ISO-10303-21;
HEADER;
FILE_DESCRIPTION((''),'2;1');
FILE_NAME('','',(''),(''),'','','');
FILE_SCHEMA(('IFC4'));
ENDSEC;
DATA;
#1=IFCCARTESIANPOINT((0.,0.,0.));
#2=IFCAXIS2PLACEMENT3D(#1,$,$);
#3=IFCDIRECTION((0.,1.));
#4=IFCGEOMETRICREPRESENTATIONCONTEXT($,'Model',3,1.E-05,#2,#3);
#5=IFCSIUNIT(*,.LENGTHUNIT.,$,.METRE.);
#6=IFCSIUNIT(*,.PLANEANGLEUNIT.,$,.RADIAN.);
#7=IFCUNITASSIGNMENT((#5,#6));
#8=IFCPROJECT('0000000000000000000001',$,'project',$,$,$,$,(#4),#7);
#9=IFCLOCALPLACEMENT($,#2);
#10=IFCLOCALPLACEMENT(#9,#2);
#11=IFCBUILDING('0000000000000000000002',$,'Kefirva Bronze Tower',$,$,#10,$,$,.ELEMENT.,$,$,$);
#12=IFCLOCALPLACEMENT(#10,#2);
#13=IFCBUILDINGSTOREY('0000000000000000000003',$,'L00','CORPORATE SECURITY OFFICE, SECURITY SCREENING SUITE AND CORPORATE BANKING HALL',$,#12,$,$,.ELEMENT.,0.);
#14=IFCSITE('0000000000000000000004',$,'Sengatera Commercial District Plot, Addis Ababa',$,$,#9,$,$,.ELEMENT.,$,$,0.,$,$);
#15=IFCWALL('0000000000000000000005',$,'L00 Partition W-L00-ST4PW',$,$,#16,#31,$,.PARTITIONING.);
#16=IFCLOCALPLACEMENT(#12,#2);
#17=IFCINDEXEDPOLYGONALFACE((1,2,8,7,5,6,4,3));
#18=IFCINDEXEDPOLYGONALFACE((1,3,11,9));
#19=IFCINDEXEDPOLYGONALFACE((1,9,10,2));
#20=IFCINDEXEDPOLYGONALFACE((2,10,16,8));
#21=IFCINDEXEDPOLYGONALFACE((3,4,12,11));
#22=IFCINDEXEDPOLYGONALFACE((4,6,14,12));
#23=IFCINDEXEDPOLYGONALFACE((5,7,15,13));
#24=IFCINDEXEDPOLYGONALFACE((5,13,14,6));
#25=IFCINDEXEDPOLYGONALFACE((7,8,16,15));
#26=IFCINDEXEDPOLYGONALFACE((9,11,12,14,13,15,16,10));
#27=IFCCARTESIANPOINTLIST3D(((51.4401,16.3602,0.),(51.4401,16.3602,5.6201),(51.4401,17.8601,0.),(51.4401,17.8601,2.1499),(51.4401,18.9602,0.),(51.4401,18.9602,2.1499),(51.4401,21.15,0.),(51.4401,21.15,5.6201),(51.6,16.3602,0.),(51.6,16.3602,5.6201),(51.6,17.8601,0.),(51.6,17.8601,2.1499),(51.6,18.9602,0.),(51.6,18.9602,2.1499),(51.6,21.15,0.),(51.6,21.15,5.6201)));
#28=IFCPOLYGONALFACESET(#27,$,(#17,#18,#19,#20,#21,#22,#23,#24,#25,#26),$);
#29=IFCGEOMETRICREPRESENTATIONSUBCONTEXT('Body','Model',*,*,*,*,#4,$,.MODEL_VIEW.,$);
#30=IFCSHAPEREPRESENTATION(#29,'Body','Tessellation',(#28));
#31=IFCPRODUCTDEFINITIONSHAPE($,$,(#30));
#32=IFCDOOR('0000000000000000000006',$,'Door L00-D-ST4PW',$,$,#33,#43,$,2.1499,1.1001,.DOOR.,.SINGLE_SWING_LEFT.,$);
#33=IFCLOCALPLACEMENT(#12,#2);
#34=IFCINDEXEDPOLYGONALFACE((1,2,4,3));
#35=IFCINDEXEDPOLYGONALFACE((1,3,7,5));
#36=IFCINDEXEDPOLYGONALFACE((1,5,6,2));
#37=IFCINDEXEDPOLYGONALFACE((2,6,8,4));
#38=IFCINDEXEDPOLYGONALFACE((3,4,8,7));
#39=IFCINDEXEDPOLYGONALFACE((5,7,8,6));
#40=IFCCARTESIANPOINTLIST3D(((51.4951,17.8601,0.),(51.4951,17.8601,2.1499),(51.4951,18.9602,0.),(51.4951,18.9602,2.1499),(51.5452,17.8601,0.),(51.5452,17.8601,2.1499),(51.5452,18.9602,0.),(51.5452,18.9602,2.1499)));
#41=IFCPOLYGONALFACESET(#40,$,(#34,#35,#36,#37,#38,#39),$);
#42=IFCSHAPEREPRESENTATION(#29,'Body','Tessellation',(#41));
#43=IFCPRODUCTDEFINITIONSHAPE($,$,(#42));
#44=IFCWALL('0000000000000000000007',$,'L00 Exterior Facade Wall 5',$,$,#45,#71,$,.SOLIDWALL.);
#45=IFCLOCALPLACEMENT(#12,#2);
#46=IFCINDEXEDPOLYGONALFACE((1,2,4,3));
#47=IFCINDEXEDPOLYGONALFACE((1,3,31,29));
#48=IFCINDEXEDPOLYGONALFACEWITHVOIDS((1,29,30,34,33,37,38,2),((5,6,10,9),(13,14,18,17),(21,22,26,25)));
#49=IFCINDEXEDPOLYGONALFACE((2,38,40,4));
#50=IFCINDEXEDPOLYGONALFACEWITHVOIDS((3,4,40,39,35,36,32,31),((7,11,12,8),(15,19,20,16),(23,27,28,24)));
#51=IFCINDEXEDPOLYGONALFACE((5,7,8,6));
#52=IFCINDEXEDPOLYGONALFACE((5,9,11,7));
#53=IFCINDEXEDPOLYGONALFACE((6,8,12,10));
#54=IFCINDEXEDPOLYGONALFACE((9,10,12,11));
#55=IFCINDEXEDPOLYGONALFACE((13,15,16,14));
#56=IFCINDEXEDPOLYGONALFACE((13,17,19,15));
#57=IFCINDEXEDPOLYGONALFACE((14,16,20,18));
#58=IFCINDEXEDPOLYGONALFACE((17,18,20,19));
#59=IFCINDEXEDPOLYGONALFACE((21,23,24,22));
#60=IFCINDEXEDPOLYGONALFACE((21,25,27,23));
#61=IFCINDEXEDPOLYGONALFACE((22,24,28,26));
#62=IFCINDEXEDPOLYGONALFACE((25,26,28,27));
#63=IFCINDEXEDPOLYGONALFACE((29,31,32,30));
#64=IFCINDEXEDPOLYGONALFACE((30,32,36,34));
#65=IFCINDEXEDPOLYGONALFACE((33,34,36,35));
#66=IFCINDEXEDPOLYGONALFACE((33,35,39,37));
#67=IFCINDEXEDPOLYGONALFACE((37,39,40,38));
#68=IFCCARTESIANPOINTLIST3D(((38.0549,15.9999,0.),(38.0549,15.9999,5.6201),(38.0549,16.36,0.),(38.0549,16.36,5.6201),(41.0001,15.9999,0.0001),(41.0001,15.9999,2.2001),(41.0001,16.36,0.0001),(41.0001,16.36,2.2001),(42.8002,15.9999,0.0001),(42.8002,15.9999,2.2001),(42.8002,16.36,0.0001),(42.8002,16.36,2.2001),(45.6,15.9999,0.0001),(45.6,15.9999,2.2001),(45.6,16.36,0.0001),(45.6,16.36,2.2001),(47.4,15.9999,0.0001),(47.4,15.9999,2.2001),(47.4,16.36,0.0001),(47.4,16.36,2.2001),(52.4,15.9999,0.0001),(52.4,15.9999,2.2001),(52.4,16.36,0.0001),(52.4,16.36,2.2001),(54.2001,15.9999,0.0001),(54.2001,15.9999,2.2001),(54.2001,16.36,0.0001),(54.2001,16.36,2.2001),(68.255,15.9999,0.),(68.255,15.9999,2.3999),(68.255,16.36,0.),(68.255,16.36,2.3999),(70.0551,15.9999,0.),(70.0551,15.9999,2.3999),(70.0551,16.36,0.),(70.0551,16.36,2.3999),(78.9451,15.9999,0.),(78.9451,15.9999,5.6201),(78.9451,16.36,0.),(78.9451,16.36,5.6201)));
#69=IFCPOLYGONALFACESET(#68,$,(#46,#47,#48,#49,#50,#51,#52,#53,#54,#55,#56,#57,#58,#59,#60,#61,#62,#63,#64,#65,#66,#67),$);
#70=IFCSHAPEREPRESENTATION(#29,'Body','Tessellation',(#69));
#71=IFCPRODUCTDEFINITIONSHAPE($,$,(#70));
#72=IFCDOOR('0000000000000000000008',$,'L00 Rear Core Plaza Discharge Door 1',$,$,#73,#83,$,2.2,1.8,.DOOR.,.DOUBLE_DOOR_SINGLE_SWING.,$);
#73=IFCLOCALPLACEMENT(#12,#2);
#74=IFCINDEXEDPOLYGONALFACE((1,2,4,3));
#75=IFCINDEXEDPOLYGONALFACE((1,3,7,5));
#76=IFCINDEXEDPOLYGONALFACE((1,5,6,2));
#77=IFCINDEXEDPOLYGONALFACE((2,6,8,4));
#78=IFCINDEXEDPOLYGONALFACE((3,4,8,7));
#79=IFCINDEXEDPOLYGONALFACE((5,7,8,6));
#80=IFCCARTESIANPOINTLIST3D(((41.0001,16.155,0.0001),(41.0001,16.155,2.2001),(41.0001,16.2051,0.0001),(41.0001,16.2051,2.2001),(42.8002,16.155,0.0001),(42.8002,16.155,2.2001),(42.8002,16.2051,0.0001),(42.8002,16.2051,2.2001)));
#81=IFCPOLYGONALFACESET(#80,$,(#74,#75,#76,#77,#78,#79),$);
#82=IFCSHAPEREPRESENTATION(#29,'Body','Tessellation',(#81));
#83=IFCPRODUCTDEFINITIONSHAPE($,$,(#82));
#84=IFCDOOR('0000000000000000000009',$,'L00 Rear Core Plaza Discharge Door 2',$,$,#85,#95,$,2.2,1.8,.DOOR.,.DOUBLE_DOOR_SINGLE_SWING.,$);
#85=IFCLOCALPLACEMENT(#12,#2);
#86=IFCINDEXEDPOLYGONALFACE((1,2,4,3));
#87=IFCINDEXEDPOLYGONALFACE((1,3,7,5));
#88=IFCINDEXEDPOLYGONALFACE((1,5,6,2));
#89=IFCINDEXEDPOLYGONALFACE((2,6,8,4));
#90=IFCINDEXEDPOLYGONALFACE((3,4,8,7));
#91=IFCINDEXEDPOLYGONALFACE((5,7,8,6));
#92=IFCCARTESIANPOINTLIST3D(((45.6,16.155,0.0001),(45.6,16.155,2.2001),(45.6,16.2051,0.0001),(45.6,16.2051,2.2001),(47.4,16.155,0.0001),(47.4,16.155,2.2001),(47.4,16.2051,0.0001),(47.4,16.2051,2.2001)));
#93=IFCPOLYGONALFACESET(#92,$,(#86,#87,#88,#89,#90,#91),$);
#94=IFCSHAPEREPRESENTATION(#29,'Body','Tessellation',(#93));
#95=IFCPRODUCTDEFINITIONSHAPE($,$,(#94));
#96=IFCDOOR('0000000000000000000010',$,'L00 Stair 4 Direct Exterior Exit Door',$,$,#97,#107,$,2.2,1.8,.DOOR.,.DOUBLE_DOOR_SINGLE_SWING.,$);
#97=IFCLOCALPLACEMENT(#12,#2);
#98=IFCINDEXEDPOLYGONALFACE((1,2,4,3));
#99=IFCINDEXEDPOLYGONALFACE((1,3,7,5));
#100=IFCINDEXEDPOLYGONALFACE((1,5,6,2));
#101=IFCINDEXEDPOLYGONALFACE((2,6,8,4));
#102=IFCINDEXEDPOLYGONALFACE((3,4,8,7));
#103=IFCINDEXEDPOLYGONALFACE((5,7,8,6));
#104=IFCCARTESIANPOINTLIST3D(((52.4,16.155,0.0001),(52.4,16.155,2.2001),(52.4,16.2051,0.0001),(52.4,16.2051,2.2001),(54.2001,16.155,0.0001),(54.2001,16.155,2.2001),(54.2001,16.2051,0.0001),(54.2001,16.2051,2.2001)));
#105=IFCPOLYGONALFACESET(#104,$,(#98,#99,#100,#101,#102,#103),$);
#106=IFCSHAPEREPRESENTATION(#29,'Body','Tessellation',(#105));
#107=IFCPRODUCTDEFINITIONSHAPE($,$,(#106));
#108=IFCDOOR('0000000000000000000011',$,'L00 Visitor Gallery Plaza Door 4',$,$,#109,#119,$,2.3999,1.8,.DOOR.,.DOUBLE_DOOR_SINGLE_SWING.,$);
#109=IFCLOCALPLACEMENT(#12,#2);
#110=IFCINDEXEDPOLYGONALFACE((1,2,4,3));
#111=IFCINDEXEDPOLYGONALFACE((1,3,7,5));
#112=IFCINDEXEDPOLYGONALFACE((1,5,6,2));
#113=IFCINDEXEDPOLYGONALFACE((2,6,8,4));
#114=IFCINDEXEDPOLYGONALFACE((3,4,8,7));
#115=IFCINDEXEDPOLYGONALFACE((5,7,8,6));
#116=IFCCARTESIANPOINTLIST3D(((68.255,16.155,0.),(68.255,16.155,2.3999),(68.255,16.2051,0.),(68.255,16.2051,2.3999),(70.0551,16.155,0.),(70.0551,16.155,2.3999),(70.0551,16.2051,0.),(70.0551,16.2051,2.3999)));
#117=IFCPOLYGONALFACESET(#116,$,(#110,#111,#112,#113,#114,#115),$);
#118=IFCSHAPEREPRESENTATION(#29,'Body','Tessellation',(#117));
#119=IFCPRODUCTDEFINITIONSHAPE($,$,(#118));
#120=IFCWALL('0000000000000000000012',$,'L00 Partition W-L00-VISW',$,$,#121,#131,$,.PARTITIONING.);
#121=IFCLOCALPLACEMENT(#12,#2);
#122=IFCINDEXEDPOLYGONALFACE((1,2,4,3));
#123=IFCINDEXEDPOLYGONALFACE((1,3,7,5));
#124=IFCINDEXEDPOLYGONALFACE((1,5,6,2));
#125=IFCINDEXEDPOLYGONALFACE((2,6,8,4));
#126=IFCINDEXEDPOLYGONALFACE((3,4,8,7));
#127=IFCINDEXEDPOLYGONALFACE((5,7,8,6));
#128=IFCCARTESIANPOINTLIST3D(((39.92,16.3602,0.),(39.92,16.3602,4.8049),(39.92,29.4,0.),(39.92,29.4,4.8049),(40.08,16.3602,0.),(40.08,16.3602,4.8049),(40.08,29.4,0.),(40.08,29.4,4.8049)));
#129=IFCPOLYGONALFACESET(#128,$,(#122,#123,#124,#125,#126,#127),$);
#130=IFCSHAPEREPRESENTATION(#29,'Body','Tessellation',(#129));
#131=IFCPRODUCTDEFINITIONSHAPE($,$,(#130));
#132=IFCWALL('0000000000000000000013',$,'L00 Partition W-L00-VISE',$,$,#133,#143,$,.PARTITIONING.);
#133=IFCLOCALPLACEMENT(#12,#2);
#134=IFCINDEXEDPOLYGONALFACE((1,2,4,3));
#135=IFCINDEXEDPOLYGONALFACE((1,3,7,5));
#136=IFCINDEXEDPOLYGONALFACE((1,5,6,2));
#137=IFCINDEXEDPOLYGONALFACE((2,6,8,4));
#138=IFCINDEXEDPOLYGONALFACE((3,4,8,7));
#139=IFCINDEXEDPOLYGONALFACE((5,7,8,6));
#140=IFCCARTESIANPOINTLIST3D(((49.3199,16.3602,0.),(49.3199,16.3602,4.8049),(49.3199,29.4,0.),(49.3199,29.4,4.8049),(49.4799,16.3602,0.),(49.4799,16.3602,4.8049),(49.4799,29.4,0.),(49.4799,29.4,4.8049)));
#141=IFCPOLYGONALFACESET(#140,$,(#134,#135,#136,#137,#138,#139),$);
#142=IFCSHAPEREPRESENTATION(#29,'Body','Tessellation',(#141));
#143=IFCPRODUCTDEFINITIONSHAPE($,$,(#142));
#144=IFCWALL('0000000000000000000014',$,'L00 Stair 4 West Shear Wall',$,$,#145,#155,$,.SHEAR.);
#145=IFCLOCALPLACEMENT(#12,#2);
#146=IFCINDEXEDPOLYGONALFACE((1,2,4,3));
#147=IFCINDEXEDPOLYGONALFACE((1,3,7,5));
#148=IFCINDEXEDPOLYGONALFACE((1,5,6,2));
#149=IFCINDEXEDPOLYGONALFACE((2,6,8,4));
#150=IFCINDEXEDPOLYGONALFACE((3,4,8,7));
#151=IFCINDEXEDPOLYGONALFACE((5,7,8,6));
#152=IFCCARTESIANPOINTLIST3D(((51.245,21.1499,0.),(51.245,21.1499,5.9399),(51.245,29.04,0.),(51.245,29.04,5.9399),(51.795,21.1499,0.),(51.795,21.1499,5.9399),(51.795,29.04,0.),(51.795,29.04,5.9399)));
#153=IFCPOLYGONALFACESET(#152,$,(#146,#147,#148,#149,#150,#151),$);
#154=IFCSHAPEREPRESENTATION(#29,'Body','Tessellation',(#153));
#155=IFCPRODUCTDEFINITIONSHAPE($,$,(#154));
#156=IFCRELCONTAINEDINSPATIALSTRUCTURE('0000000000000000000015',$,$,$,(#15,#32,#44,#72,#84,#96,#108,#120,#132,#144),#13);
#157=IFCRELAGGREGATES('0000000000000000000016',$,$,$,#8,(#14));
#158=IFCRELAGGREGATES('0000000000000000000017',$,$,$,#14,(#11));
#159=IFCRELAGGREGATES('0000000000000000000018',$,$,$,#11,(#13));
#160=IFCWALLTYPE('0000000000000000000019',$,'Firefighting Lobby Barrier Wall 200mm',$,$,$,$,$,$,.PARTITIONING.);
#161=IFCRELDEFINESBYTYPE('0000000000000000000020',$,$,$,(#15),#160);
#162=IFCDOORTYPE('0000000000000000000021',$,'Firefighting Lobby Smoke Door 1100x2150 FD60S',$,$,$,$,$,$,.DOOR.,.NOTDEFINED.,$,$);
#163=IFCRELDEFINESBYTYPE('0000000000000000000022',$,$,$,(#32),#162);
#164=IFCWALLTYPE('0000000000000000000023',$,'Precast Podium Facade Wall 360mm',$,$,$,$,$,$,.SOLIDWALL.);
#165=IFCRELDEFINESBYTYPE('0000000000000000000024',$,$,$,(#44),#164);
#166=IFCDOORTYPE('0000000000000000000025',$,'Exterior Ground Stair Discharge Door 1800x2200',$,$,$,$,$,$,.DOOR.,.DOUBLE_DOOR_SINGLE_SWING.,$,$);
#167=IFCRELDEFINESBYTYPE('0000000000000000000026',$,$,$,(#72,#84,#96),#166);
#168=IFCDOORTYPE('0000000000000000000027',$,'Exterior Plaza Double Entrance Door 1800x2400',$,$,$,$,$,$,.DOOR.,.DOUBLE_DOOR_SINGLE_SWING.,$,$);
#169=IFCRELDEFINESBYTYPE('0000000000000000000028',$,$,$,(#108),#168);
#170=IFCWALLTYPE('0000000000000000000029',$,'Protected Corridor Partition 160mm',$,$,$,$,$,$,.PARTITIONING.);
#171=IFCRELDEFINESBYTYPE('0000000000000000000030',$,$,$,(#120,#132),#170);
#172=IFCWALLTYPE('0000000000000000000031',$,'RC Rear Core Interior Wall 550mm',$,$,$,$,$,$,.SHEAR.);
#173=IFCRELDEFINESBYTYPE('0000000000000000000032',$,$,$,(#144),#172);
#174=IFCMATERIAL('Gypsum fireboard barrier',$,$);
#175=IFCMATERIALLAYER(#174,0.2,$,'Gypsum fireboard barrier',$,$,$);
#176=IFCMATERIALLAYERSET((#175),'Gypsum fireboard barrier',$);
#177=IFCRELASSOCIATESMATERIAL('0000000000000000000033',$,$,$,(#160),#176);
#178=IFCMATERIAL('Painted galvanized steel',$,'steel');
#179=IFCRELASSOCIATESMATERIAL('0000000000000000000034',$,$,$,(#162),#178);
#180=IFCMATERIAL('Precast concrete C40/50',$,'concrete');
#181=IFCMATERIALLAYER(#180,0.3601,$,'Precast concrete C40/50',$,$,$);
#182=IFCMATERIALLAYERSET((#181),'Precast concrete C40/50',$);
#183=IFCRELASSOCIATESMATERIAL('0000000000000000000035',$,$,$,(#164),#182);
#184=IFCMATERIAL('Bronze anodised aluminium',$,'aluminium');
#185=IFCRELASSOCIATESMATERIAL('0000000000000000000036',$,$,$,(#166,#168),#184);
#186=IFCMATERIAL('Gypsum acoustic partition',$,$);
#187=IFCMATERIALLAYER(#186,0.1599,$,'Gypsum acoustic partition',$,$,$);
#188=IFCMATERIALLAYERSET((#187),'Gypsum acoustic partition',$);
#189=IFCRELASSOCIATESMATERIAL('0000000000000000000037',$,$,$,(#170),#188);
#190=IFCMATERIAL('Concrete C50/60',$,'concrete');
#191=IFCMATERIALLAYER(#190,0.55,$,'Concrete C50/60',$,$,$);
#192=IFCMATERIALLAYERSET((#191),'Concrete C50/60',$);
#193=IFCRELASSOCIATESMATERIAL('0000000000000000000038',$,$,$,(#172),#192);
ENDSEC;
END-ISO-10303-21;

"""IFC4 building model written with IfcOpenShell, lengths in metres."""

from ifc_helpers import new_model, si_unit, direction, frame, frame_2d, origin, place, context, subcontext, project, spatial, rectangle, extrude, material, layer, layer_set, type_object, element, fill, save


model = new_model("IFC4")

# Units and contexts
model_context = context("Model", 3, precision=1e-05, world=origin(), true_north=direction((0.0, 1.0)))
body_context = subcontext(model_context, "Body", "Model", "MODEL_VIEW")
ifc_project = project(units=[si_unit("LENGTHUNIT", "METRE"), si_unit("PLANEANGLEUNIT", "RADIAN")], contexts=[model_context])

# Site, building, storey
site_placement = place(None, origin())
site = spatial("IfcSite", under=ifc_project, at=site_placement, Name="Sengatera Commercial District Plot, Addis Ababa", CompositionType="ELEMENT", RefElevation=0.0)
building_placement = place(site_placement, origin())
building = spatial("IfcBuilding", under=site, at=building_placement, Name="Kefirva Bronze Tower", CompositionType="ELEMENT")
storey_placement = place(building_placement, origin())
storey = spatial("IfcBuildingStorey", under=building, at=storey_placement, Name="L00", Description="CORPORATE SECURITY OFFICE, SECURITY SCREENING SUITE AND CORPORATE BANKING HALL", CompositionType="ELEMENT", Elevation=0.0)

# Shared definitions
ifc_material_1 = material(Name="Concrete C50/60", Category="concrete")

# Wall, opening, door
ifc_material_2 = material(Name="Painted galvanized steel", Category="steel")
ifc_material_3 = material(Name="Gypsum fireboard barrier")
ifc_layer_1 = layer(ifc_material_3, 0.2, Name="Gypsum fireboard barrier")
ifc_layer_set_1 = layer_set([ifc_layer_1], Name="Gypsum fireboard barrier")
wall_type_1 = type_object("IfcWallType", Name="Firefighting Lobby Barrier Wall 200mm", PredefinedType="PARTITIONING", material=ifc_layer_set_1)
wall_1_placement = place(storey_placement, frame((51.52, 16.3601, 0.0), z_axis=(0.0, 0.0, 1.0), x_axis=(0.0, 1.0, 0.0)))
wall_1 = element("IfcWall", 1, at=wall_1_placement, inside=storey, type_object=wall_type_1, Name="L00 Partition W-L00-ST4PW", PredefinedType="PARTITIONING", context=body_context, shape_type="SweptSolid", body=[
    extrude(rectangle(XDim=4.7898, YDim=0.1599, at=frame_2d((2.395, 0.0))), origin(), (0.0, 0.0, 1.0), 5.6201),
])
opening_1_placement = place(wall_1_placement, frame((1.5, 0.0, 0.0)))
opening_1 = element("IfcOpeningElement", 2, at=opening_1_placement, cuts=wall_1, PredefinedType="OPENING", context=body_context, shape_type="SweptSolid", body=[
    extrude(rectangle(XDim=1.1001, YDim=2.1499, at=frame_2d((0.55, 1.075))), frame((0.0, 0.0898, 0.0), z_axis=(0.0, -1.0, 0.0), x_axis=(1.0, 0.0, 0.0)), (0.0, 0.0, 1.0), 0.1799),
])
door_type_1 = type_object("IfcDoorType", Name="Firefighting Lobby Smoke Door 1100x2150 FD60S", OperationType="NOTDEFINED", PredefinedType="DOOR", material=ifc_material_2)
door_1_placement = place(opening_1_placement, origin())
door_1 = element("IfcDoor", 3, at=door_1_placement, inside=storey, type_object=door_type_1, Name="Door L00-D-ST4PW", OperationType="SINGLE_SWING_LEFT", OverallHeight=2.1499, OverallWidth=1.1001, PredefinedType="DOOR", context=body_context, shape_type="SweptSolid", body=[
    extrude(rectangle(XDim=1.1001, YDim=2.1499, at=frame_2d((0.55, 1.075))), frame((0.0, 0.0249, 0.0), z_axis=(0.0, -1.0, 0.0), x_axis=(1.0, 0.0, 0.0)), (0.0, 0.0, 1.0), 0.05),
])
fill(opening_1, door_1)

# Wall, openings, doors
ifc_material_4 = material(Name="Precast concrete C40/50", Category="concrete")
ifc_layer_2 = layer(ifc_material_4, 0.3601, Name="Precast concrete C40/50")
ifc_layer_set_2 = layer_set([ifc_layer_2], Name="Precast concrete C40/50")
wall_type_2 = type_object("IfcWallType", Name="Precast Podium Facade Wall 360mm", PredefinedType="SOLIDWALL", material=ifc_layer_set_2)
wall_2_placement = place(storey_placement, frame((38.0549, 16.1799, 0.0), z_axis=(0.0, 0.0, 1.0), x_axis=(1.0, 0.0, 0.0)))
wall_2 = element("IfcWall", 4, at=wall_2_placement, inside=storey, type_object=wall_type_2, Name="L00 Exterior Facade Wall 5", PredefinedType="SOLIDWALL", context=body_context, shape_type="SweptSolid", body=[
    extrude(rectangle(XDim=40.8901, YDim=0.3601, at=frame_2d((20.4451, 0.0))), origin(), (0.0, 0.0, 1.0), 5.6201),
])
opening_2_placement = place(wall_2_placement, frame((4.7451, 0.0, 0.0), z_axis=(0.0, 0.0, 1.0), x_axis=(-1.0, 0.0, 0.0)))
opening_2 = element("IfcOpeningElement", 5, at=opening_2_placement, cuts=wall_2, PredefinedType="OPENING", context=body_context, shape_type="SweptSolid", body=[
    extrude(rectangle(XDim=1.8, YDim=2.2, at=frame_2d((0.8999, 1.1001))), frame((0.0, 0.1899, 0.0), z_axis=(0.0, -1.0, 0.0), x_axis=(1.0, 0.0, 0.0)), (0.0, 0.0, 1.0), 0.3801),
])
opening_3_placement = place(wall_2_placement, frame((9.345, 0.0, 0.0), z_axis=(0.0, 0.0, 1.0), x_axis=(-1.0, 0.0, 0.0)))
opening_3 = element("IfcOpeningElement", 6, at=opening_3_placement, cuts=wall_2, PredefinedType="OPENING", context=body_context, shape_type="SweptSolid", body=[
    extrude(rectangle(XDim=1.8, YDim=2.2, at=frame_2d((0.8999, 1.1001))), frame((0.0, 0.1899, 0.0), z_axis=(0.0, -1.0, 0.0), x_axis=(1.0, 0.0, 0.0)), (0.0, 0.0, 1.0), 0.3801),
])
opening_4_placement = place(wall_2_placement, frame((16.145, 0.0, 0.0), z_axis=(0.0, 0.0, 1.0), x_axis=(-1.0, 0.0, 0.0)))
opening_4 = element("IfcOpeningElement", 7, at=opening_4_placement, cuts=wall_2, PredefinedType="OPENING", context=body_context, shape_type="SweptSolid", body=[
    extrude(rectangle(XDim=1.8, YDim=2.2, at=frame_2d((0.8999, 1.1001))), frame((0.0, 0.1899, 0.0), z_axis=(0.0, -1.0, 0.0), x_axis=(1.0, 0.0, 0.0)), (0.0, 0.0, 1.0), 0.3801),
])
opening_5_placement = place(wall_2_placement, frame((32.0, 0.0, 0.0), z_axis=(0.0, 0.0, 1.0), x_axis=(-1.0, 0.0, 0.0)))
opening_5 = element("IfcOpeningElement", 8, at=opening_5_placement, cuts=wall_2, PredefinedType="OPENING", context=body_context, shape_type="SweptSolid", body=[
    extrude(rectangle(XDim=1.8, YDim=2.3999, at=frame_2d((0.8999, 1.2))), frame((0.0, 0.1899, 0.0), z_axis=(0.0, -1.0, 0.0), x_axis=(1.0, 0.0, 0.0)), (0.0, 0.0, 1.0), 0.3801),
])
ifc_material_5 = material(Name="Bronze anodised aluminium", Category="aluminium")
door_type_2 = type_object("IfcDoorType", Name="Exterior Ground Stair Discharge Door 1800x2200", OperationType="DOUBLE_DOOR_SINGLE_SWING", PredefinedType="DOOR", material=ifc_material_5)
door_2_placement = place(opening_2_placement, origin())
door_2 = element("IfcDoor", 9, at=door_2_placement, inside=storey, type_object=door_type_2, Name="L00 Rear Core Plaza Discharge Door 1", OperationType="DOUBLE_DOOR_SINGLE_SWING", OverallHeight=2.2, OverallWidth=1.8, PredefinedType="DOOR", context=body_context, shape_type="SweptSolid", body=[
    extrude(rectangle(XDim=1.8, YDim=2.2, at=frame_2d((0.8999, 1.1001))), frame((0.0, 0.0249, 0.0), z_axis=(0.0, -1.0, 0.0), x_axis=(1.0, 0.0, 0.0)), (0.0, 0.0, 1.0), 0.05),
])
fill(opening_2, door_2)
door_3_placement = place(opening_3_placement, origin())
door_3 = element("IfcDoor", 10, at=door_3_placement, inside=storey, type_object=door_type_2, Name="L00 Rear Core Plaza Discharge Door 2", OperationType="DOUBLE_DOOR_SINGLE_SWING", OverallHeight=2.2, OverallWidth=1.8, PredefinedType="DOOR", context=body_context, shape_type="SweptSolid", body=[
    extrude(rectangle(XDim=1.8, YDim=2.2, at=frame_2d((0.8999, 1.1001))), frame((0.0, 0.0249, 0.0), z_axis=(0.0, -1.0, 0.0), x_axis=(1.0, 0.0, 0.0)), (0.0, 0.0, 1.0), 0.05),
])
fill(opening_3, door_3)
door_4_placement = place(opening_4_placement, origin())
door_4 = element("IfcDoor", 11, at=door_4_placement, inside=storey, type_object=door_type_2, Name="L00 Stair 4 Direct Exterior Exit Door", OperationType="DOUBLE_DOOR_SINGLE_SWING", OverallHeight=2.2, OverallWidth=1.8, PredefinedType="DOOR", context=body_context, shape_type="SweptSolid", body=[
    extrude(rectangle(XDim=1.8, YDim=2.2, at=frame_2d((0.8999, 1.1001))), frame((0.0, 0.0249, 0.0), z_axis=(0.0, -1.0, 0.0), x_axis=(1.0, 0.0, 0.0)), (0.0, 0.0, 1.0), 0.05),
])
fill(opening_4, door_4)
door_type_3 = type_object("IfcDoorType", Name="Exterior Plaza Double Entrance Door 1800x2400", OperationType="DOUBLE_DOOR_SINGLE_SWING", PredefinedType="DOOR", material=ifc_material_5)
door_5_placement = place(opening_5_placement, origin())
door_5 = element("IfcDoor", 12, at=door_5_placement, inside=storey, type_object=door_type_3, Name="L00 Visitor Gallery Plaza Door 4", OperationType="DOUBLE_DOOR_SINGLE_SWING", OverallHeight=2.3999, OverallWidth=1.8, PredefinedType="DOOR", context=body_context, shape_type="SweptSolid", body=[
    extrude(rectangle(XDim=1.8, YDim=2.3999, at=frame_2d((0.8999, 1.2))), frame((0.0, 0.0249, 0.0), z_axis=(0.0, -1.0, 0.0), x_axis=(1.0, 0.0, 0.0)), (0.0, 0.0, 1.0), 0.05),
])
fill(opening_5, door_5)

# Walls
ifc_material_6 = material(Name="Gypsum acoustic partition")
ifc_layer_3 = layer(ifc_material_6, 0.1599, Name="Gypsum acoustic partition")
ifc_layer_set_3 = layer_set([ifc_layer_3], Name="Gypsum acoustic partition")
wall_type_3 = type_object("IfcWallType", Name="Protected Corridor Partition 160mm", PredefinedType="PARTITIONING", material=ifc_layer_set_3)
for number, where, z_axis, x_axis, name in (
    (13, (40.0, 16.3601, 0.0), (0.0, 0.0, 1.0), (0.0, 1.0, 0.0), "L00 Partition W-L00-VISW"),
    (14, (49.3999, 16.3601, 0.0), (0.0, 0.0, 1.0), (0.0, 1.0, 0.0), "L00 Partition W-L00-VISE"),
):
    element("IfcWall", number, at=place(storey_placement, frame(where, z_axis=z_axis, x_axis=x_axis)), inside=storey, type_object=wall_type_3, Name=name, PredefinedType="PARTITIONING", context=body_context, shape_type="SweptSolid", body=[
        extrude(rectangle(XDim=13.0398, YDim=0.1599, at=frame_2d((6.52, 0.0))), origin(), (0.0, 0.0, 1.0), 4.8049),
    ])
ifc_layer_4 = layer(ifc_material_1, 0.55, Name="Concrete C50/60")
ifc_layer_set_4 = layer_set([ifc_layer_4], Name="Concrete C50/60")
wall_type_4 = type_object("IfcWallType", Name="RC Rear Core Interior Wall 550mm", PredefinedType="SHEAR", material=ifc_layer_set_4)
wall_3_placement = place(storey_placement, frame((51.52, 21.1499, 0.0), z_axis=(0.0, 0.0, 1.0), x_axis=(0.0, 1.0, 0.0)))
element("IfcWall", 15, at=wall_3_placement, inside=storey, type_object=wall_type_4, Name="L00 Stair 4 West Shear Wall", PredefinedType="SHEAR", context=body_context, shape_type="SweptSolid", body=[
    extrude(rectangle(XDim=7.8901, YDim=0.55, at=frame_2d((3.9451, 0.0))), origin(), (0.0, 0.0, 1.0), 5.9399),
])

save(model, "model.ifc")
